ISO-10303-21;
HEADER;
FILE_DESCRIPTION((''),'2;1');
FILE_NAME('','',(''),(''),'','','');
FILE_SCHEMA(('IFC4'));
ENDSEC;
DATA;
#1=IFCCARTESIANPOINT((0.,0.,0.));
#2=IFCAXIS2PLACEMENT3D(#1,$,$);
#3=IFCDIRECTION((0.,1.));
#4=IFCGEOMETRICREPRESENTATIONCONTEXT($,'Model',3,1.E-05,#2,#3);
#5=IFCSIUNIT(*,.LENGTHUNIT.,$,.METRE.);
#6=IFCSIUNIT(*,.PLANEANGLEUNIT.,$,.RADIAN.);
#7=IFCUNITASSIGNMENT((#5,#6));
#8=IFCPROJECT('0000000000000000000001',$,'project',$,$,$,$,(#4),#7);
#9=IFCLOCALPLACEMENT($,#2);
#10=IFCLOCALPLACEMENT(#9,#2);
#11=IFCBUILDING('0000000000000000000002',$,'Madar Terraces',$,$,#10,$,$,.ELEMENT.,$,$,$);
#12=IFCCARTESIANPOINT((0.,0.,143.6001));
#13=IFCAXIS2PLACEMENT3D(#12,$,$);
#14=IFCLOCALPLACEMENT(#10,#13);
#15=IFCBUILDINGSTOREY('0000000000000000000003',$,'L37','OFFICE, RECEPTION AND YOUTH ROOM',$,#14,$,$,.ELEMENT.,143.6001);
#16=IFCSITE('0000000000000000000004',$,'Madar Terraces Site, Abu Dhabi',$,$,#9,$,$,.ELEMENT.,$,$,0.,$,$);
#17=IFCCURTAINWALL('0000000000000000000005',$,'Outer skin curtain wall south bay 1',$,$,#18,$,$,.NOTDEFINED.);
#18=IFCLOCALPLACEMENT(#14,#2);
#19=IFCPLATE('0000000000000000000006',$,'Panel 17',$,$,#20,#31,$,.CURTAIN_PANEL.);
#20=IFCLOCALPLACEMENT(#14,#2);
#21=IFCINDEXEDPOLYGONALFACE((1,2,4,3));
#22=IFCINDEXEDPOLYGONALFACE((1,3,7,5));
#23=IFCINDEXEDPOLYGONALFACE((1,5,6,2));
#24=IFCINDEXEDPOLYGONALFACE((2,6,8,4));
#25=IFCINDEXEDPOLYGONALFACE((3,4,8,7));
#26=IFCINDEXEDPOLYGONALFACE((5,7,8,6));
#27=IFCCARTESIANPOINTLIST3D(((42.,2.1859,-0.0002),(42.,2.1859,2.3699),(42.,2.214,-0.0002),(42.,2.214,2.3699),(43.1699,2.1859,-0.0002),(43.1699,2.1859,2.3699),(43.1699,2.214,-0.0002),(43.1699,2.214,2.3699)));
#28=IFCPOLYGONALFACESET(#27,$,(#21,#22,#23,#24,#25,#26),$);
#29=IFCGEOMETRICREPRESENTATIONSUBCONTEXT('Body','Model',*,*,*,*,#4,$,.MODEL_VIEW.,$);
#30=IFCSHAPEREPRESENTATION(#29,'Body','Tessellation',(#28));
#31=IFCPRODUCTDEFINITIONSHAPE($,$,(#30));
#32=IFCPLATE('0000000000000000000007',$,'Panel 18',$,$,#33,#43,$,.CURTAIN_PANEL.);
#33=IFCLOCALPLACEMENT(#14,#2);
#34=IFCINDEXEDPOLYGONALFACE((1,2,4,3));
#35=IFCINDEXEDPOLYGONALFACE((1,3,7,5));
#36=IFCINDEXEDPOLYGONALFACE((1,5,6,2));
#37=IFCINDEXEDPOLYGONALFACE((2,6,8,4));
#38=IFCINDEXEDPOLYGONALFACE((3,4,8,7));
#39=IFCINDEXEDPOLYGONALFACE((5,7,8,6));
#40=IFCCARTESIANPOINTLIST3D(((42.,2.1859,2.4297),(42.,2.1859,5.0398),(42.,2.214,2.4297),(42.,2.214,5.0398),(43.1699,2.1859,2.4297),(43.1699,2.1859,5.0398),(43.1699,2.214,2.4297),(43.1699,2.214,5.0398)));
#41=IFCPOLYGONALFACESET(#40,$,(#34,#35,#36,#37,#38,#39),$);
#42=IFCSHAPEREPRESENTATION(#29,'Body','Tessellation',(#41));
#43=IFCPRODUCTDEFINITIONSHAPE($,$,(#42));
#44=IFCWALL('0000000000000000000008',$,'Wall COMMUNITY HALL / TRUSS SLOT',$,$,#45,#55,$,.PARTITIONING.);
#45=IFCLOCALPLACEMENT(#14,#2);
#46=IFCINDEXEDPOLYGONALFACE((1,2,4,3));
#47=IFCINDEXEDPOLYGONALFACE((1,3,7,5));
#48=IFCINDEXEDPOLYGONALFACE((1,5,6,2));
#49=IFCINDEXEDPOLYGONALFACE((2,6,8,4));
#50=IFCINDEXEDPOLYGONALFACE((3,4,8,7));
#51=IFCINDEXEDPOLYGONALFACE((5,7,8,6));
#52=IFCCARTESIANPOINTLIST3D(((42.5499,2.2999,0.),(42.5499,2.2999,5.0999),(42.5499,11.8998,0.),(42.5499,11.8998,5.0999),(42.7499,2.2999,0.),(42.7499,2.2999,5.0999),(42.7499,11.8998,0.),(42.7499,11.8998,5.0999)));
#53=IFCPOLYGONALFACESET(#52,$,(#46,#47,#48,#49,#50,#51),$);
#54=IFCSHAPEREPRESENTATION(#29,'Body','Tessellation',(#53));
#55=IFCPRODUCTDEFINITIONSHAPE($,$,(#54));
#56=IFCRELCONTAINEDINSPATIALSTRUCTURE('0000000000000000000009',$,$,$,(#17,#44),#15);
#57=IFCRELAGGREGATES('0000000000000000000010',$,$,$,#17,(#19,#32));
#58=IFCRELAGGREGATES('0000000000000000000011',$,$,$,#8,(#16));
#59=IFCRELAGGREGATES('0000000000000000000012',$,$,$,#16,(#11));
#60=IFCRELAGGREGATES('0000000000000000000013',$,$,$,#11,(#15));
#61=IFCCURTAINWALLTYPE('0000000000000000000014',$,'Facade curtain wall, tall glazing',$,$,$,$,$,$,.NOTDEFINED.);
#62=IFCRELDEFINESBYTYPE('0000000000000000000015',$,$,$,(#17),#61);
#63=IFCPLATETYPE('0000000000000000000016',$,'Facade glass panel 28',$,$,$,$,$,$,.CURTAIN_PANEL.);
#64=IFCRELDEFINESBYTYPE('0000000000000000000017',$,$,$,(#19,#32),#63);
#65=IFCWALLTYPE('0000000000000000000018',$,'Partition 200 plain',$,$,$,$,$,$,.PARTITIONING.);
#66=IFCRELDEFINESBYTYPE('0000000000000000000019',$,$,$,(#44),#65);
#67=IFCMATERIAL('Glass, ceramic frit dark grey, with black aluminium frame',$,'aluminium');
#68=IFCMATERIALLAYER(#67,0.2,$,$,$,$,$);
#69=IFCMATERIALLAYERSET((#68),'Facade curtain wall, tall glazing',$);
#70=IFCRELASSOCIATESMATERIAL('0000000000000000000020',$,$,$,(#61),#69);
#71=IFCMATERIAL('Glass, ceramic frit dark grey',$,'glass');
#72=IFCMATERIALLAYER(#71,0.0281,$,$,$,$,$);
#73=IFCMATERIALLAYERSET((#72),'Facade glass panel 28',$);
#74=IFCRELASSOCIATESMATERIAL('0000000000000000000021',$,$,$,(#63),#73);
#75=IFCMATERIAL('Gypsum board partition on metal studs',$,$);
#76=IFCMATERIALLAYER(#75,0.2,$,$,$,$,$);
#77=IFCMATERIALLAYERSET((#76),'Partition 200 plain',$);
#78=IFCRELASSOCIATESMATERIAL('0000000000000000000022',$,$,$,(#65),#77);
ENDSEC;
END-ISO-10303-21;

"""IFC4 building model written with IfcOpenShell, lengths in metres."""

from ifc_helpers import new_model, si_unit, direction, frame, frame_2d, origin, origin_2d, place, context, subcontext, project, spatial, rectangle, extrude, material, layer, layer_set, type_object, element, aggregate, save


model = new_model("IFC4")

# Units and contexts
model_context = context("Model", 3, precision=1e-05, world=origin(), true_north=direction((0.0, 1.0)))
body_context = subcontext(model_context, "Body", "Model", "MODEL_VIEW")
ifc_project = project(units=[si_unit("LENGTHUNIT", "METRE"), si_unit("PLANEANGLEUNIT", "RADIAN")], contexts=[model_context])

# Site, building, storey
site_placement = place(None, origin())
site = spatial("IfcSite", under=ifc_project, at=site_placement, Name="Madar Terraces Site, Abu Dhabi", CompositionType="ELEMENT", RefElevation=0.0)
building_placement = place(site_placement, origin())
building = spatial("IfcBuilding", under=site, at=building_placement, Name="Madar Terraces", CompositionType="ELEMENT")
storey_placement = place(building_placement, frame((0.0, 0.0, 143.6001)))
storey = spatial("IfcBuildingStorey", under=building, at=storey_placement, Name="L37", Description="OFFICE, RECEPTION AND YOUTH ROOM", CompositionType="ELEMENT", Elevation=143.6001)

# Curtain wall
ifc_material_1 = material(Name="Glass, ceramic frit dark grey, with black aluminium frame", Category="aluminium")
ifc_layer_1 = layer(ifc_material_1, 0.2)
ifc_layer_set_1 = layer_set([ifc_layer_1], Name="Facade curtain wall, tall glazing")
curtain_wall_type = type_object("IfcCurtainWallType", Name="Facade curtain wall, tall glazing", PredefinedType="NOTDEFINED", material=ifc_layer_set_1)
curtain_wall_placement = place(storey_placement, origin())
curtain_wall = element("IfcCurtainWall", 1, at=curtain_wall_placement, inside=storey, type_object=curtain_wall_type, Name="Outer skin curtain wall south bay 1", PredefinedType="NOTDEFINED")

# Plates
ifc_material_2 = material(Name="Glass, ceramic frit dark grey", Category="glass")
ifc_layer_2 = layer(ifc_material_2, 0.0281)
ifc_layer_set_2 = layer_set([ifc_layer_2], Name="Facade glass panel 28")
plate_type = type_object("IfcPlateType", Name="Facade glass panel 28", PredefinedType="CURTAIN_PANEL", material=ifc_layer_set_2)
plate_1_placement = place(storey_placement, frame((42.585, 2.2, -0.0002), z_axis=(0.0, 0.0, 1.0), x_axis=(1.0, 0.0, 0.0)))
plate_1 = element("IfcPlate", 2, at=plate_1_placement, type_object=plate_type, Name="Panel 17", PredefinedType="CURTAIN_PANEL", context=body_context, shape_type="SweptSolid", body=[
    extrude(rectangle(XDim=1.1699, YDim=0.0281, at=origin_2d()), origin(), (0.0, 0.0, 1.0), 2.3701),
])
plate_2_placement = place(storey_placement, frame((42.585, 2.2, 2.4297), z_axis=(0.0, 0.0, 1.0), x_axis=(1.0, 0.0, 0.0)))
plate_2 = element("IfcPlate", 3, at=plate_2_placement, type_object=plate_type, Name="Panel 18", PredefinedType="CURTAIN_PANEL", context=body_context, shape_type="SweptSolid", body=[
    extrude(rectangle(XDim=1.1699, YDim=0.0281, at=origin_2d()), origin(), (0.0, 0.0, 1.0), 2.6101),
])
aggregate(curtain_wall, [plate_1, plate_2])

# Wall
ifc_material_3 = material(Name="Gypsum board partition on metal studs")
ifc_layer_3 = layer(ifc_material_3, 0.2)
ifc_layer_set_3 = layer_set([ifc_layer_3], Name="Partition 200 plain")
wall_type_1 = type_object("IfcWallType", Name="Partition 200 plain", PredefinedType="PARTITIONING", material=ifc_layer_set_3)
wall_1_placement = place(storey_placement, frame((42.6499, 2.3, 0.0), z_axis=(0.0, 0.0, 1.0), x_axis=(0.0, 1.0, 0.0)))
element("IfcWall", 4, at=wall_1_placement, inside=storey, type_object=wall_type_1, Name="Wall COMMUNITY HALL / TRUSS SLOT", PredefinedType="PARTITIONING", context=body_context, shape_type="SweptSolid", body=[
    extrude(rectangle(XDim=9.5999, YDim=0.2, at=frame_2d((4.7998, 0.0))), origin(), (0.0, 0.0, 1.0), 5.0999),
])

save(model, "model.ifc")
